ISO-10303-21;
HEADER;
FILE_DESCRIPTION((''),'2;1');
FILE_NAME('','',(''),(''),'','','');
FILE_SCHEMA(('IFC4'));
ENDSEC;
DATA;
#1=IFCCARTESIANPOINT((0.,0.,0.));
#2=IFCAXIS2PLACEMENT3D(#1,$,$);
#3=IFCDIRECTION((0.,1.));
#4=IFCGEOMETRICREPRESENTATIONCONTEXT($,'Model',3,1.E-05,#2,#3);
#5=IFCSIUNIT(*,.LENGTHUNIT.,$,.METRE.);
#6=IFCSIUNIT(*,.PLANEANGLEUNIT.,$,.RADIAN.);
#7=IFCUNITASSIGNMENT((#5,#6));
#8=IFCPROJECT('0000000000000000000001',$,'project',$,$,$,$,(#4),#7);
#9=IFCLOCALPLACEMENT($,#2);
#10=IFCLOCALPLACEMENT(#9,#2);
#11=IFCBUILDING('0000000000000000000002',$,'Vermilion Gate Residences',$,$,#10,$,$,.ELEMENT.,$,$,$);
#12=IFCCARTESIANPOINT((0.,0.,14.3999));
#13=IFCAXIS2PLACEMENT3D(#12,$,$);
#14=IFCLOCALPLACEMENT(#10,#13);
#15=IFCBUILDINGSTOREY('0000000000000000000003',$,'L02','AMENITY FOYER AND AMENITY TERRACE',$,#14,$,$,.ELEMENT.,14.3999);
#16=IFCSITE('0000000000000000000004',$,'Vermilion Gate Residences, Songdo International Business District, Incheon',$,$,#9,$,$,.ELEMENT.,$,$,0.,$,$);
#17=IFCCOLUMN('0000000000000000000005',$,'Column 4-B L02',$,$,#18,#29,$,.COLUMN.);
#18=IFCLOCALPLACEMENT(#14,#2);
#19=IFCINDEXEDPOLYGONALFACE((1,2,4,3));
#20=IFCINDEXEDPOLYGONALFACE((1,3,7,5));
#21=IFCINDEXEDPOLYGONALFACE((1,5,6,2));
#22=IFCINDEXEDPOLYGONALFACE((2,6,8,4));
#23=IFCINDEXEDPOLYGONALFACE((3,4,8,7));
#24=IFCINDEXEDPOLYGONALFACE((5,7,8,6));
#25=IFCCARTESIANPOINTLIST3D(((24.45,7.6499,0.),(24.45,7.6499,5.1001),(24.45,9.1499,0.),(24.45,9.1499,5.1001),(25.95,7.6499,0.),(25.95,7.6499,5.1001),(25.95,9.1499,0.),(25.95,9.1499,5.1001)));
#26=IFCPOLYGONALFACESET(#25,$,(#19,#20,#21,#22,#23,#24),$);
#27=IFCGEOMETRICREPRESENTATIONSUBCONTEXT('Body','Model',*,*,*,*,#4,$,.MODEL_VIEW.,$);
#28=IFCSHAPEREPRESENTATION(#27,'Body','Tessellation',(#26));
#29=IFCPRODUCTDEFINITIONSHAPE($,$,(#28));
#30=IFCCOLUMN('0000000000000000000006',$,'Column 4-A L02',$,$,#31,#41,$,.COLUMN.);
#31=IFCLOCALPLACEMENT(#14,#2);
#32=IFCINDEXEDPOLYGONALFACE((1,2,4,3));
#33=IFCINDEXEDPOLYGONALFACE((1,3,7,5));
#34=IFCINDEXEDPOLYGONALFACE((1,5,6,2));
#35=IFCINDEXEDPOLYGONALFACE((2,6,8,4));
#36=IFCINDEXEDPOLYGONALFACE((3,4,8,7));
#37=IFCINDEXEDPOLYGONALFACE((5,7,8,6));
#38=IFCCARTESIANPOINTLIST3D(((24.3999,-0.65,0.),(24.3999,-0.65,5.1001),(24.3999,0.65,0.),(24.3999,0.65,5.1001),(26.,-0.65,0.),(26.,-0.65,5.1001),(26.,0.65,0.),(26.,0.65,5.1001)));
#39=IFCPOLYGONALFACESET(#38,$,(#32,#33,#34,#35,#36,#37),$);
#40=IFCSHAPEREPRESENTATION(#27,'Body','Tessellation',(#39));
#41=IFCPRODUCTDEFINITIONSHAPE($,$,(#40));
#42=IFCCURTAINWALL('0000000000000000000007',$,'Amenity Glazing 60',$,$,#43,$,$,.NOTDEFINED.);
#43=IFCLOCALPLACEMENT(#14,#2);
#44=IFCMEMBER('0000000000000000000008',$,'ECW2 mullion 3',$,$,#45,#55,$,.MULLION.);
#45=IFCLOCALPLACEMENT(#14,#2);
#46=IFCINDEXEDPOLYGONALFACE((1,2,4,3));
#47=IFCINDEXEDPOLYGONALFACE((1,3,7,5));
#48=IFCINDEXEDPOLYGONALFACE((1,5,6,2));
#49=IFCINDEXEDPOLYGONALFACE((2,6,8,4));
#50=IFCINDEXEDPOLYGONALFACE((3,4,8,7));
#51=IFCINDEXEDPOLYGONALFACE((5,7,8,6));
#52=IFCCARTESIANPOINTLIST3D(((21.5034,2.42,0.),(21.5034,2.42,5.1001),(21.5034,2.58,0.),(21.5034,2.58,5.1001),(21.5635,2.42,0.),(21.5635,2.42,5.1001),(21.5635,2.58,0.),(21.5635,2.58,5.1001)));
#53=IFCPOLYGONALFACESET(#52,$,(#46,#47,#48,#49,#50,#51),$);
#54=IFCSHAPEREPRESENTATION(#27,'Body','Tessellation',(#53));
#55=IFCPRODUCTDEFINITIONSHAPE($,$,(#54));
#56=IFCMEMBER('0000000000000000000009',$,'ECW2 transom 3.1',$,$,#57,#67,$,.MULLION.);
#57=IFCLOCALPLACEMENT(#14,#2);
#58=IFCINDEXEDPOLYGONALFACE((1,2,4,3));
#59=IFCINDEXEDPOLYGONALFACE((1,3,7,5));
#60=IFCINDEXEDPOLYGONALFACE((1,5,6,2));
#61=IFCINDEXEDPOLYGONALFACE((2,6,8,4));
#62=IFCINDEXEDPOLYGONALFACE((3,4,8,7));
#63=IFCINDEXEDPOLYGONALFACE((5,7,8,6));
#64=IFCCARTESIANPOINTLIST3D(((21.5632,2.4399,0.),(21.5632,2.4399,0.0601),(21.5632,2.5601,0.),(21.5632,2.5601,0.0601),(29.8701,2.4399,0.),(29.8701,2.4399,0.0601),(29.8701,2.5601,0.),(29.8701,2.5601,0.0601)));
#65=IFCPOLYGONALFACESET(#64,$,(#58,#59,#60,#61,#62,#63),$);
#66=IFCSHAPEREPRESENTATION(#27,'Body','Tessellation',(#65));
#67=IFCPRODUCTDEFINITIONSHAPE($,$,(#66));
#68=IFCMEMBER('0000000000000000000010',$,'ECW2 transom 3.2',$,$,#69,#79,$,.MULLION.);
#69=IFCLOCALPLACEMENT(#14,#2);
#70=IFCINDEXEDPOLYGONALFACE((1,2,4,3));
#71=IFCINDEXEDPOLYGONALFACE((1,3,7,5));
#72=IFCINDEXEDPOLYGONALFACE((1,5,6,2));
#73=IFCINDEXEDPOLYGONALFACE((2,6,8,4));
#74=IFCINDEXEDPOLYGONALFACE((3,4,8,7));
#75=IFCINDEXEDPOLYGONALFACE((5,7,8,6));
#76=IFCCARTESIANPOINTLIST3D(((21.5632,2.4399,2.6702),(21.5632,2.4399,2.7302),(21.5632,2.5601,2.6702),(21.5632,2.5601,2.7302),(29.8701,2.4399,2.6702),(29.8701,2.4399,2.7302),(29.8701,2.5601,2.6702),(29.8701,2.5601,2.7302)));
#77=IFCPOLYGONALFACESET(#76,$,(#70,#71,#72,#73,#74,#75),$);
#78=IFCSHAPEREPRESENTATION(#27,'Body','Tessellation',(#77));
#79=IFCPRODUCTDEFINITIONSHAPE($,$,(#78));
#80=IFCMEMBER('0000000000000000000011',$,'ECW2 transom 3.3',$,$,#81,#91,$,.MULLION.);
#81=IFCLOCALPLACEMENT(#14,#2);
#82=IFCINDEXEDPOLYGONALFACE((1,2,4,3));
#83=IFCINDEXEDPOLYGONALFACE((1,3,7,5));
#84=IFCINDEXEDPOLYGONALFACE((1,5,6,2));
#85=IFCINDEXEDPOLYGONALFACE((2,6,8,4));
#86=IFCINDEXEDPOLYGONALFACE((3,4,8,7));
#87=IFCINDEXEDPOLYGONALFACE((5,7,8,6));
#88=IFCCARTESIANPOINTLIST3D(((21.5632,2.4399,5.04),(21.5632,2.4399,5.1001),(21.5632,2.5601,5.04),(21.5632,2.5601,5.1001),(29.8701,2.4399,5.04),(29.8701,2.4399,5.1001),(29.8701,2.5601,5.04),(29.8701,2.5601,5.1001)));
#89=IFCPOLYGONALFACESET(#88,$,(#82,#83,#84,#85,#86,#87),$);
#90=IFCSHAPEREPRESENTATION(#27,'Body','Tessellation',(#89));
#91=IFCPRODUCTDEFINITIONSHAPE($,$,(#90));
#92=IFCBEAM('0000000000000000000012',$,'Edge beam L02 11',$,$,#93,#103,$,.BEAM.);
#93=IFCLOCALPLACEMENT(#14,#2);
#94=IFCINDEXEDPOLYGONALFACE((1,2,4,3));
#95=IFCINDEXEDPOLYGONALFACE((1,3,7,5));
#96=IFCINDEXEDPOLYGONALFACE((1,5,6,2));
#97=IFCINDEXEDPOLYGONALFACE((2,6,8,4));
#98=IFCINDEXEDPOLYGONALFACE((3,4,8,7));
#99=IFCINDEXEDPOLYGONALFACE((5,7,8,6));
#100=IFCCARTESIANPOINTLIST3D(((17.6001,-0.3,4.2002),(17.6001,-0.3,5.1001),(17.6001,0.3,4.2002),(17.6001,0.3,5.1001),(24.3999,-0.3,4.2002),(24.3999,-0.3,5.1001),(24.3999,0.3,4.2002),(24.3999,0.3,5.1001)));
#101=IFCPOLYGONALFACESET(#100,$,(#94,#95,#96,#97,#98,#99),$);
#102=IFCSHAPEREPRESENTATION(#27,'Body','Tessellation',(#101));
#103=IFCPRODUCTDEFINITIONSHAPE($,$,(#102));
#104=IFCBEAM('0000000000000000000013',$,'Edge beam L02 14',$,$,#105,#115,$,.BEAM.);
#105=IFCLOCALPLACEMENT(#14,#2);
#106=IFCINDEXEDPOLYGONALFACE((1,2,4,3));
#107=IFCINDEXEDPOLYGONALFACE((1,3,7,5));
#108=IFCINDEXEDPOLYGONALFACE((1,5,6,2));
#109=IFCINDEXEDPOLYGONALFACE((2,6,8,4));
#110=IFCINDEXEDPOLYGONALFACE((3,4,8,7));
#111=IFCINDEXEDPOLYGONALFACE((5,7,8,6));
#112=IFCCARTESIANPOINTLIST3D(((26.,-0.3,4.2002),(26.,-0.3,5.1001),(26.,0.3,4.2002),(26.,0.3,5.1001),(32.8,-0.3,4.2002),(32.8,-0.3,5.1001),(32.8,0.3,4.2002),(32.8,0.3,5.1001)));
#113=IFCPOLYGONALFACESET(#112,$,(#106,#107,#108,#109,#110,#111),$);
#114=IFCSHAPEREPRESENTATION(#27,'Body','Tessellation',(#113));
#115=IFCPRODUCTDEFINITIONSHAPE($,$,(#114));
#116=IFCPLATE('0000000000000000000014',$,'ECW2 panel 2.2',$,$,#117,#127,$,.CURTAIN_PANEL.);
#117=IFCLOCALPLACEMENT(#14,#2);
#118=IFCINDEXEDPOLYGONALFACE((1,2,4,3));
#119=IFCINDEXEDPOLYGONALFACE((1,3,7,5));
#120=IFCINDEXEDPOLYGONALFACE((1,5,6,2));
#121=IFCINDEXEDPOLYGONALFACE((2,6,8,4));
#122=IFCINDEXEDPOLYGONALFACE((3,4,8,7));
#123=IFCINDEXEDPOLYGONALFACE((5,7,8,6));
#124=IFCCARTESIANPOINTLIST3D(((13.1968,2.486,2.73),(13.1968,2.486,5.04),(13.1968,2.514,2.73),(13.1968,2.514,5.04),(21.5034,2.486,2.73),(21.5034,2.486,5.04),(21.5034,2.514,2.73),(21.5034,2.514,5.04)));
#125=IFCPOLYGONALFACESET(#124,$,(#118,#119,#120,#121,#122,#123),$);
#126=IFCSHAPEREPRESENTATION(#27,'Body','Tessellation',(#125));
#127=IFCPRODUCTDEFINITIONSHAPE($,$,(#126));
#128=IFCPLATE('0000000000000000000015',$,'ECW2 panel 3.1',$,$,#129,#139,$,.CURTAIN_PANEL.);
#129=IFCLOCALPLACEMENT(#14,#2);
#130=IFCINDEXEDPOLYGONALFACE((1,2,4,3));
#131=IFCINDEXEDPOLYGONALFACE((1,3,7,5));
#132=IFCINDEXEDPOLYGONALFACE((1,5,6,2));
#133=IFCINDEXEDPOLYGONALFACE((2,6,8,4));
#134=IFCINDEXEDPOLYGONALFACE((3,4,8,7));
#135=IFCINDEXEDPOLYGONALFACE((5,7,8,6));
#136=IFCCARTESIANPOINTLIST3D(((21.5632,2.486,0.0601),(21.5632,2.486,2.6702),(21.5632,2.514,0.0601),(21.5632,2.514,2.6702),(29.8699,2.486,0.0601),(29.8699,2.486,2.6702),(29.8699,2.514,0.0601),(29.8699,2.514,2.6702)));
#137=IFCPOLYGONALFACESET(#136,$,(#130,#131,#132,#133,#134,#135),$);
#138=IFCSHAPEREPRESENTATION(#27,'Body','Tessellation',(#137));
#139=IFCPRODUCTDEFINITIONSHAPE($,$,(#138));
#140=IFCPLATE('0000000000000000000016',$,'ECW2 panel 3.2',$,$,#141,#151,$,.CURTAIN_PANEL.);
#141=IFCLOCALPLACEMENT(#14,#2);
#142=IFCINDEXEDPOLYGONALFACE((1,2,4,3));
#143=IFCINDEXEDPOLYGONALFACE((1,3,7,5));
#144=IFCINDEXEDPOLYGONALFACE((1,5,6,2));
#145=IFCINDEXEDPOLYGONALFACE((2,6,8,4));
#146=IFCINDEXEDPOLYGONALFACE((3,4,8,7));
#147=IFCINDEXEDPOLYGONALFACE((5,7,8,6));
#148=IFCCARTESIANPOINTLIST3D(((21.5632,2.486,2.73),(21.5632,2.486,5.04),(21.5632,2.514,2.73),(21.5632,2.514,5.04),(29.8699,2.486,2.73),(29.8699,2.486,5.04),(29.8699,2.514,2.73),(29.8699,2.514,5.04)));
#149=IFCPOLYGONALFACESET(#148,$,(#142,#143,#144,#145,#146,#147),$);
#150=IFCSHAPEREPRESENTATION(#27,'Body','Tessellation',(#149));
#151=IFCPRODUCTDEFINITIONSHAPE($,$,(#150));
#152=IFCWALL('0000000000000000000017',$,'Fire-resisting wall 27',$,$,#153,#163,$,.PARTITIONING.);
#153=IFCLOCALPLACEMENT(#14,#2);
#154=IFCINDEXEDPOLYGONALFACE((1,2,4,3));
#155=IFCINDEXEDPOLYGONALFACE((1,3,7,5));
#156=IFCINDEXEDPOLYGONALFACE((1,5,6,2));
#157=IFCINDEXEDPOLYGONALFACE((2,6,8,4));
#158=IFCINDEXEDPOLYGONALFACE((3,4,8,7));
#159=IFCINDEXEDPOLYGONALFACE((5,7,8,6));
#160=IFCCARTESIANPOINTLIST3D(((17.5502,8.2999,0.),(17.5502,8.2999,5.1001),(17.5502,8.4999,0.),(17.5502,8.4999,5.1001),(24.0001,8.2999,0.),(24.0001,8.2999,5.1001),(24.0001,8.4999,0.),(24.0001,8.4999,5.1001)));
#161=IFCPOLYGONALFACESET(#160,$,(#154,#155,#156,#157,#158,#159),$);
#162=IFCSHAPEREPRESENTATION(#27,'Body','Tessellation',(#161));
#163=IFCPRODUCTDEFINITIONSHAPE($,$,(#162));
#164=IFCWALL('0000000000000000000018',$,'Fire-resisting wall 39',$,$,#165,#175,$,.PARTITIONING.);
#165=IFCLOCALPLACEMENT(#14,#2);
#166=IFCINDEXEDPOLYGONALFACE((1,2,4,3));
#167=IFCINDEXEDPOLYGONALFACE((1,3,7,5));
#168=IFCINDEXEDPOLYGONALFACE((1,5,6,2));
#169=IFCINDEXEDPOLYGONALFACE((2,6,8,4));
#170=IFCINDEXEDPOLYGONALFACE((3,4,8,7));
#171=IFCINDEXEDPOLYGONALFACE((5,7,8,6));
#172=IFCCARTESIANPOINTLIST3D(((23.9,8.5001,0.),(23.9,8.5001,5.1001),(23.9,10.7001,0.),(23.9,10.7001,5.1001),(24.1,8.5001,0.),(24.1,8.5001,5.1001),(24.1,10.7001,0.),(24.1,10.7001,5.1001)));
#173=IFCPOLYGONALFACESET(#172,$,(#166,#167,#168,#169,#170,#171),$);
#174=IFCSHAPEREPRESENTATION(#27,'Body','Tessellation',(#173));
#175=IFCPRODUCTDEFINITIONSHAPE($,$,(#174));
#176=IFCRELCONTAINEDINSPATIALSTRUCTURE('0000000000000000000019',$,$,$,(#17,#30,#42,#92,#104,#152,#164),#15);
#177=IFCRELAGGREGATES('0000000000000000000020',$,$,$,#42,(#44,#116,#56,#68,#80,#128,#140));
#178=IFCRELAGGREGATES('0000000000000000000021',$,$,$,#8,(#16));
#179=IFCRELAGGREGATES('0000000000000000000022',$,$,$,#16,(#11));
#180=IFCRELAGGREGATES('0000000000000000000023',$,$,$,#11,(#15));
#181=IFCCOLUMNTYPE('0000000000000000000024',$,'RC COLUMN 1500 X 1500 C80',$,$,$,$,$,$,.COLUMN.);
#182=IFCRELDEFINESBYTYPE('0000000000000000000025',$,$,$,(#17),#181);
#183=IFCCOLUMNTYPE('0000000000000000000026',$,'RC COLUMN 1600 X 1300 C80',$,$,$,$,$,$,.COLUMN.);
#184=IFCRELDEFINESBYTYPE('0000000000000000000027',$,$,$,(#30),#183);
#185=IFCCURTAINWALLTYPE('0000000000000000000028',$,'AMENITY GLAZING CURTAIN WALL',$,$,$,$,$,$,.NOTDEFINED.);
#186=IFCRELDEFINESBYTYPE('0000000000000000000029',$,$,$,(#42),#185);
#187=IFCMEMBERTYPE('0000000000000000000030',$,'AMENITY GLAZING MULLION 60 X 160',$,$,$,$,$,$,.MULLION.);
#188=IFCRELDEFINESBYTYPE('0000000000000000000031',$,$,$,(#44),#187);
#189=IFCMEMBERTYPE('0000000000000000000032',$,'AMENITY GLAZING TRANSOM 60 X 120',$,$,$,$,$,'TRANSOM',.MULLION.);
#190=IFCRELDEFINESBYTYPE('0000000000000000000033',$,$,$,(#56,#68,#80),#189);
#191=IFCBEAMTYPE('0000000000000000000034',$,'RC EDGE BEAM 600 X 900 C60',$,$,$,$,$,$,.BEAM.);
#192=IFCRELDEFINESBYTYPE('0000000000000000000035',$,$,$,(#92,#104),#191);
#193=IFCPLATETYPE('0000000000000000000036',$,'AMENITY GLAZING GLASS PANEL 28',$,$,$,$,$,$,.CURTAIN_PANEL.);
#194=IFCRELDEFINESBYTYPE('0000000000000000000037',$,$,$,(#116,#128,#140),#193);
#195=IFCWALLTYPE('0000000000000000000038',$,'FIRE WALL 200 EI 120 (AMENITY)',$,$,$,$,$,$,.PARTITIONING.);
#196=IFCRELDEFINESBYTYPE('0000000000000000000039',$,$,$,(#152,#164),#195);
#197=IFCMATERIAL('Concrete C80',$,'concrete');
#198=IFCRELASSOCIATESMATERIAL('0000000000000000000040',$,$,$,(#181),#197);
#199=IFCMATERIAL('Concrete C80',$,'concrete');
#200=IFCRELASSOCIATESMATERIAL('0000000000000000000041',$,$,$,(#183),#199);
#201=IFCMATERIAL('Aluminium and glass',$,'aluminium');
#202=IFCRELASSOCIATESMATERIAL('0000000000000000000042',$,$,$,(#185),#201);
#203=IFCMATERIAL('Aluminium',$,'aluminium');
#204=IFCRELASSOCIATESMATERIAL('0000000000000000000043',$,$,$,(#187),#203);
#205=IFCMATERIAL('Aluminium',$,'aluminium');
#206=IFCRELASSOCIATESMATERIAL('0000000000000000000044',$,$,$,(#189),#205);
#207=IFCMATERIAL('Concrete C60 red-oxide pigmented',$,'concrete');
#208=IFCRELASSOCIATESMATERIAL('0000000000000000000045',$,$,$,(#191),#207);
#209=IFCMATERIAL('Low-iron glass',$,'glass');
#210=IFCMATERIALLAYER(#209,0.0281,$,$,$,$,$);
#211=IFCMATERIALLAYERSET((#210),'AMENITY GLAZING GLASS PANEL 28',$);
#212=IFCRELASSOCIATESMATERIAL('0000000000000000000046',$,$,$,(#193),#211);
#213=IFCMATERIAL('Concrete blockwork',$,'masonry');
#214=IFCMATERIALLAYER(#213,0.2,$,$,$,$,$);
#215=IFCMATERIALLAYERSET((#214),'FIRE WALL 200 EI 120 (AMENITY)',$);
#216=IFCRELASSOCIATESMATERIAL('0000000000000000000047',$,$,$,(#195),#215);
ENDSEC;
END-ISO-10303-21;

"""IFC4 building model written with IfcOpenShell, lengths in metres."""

from ifc_helpers import new_model, si_unit, direction, frame, frame_2d, origin, origin_2d, place, context, subcontext, project, spatial, rectangle, extrude, material, layer, layer_set, material_profile, profile_set, type_object, element, aggregate, save


model = new_model("IFC4")

# Units and contexts
model_context = context("Model", 3, precision=1e-05, world=origin(), true_north=direction((0.0, 1.0)))
body_context = subcontext(model_context, "Body", "Model", "MODEL_VIEW")
ifc_project = project(units=[si_unit("LENGTHUNIT", "METRE"), si_unit("PLANEANGLEUNIT", "RADIAN")], contexts=[model_context])

# Site, building, storey
site_placement = place(None, origin())
site = spatial("IfcSite", under=ifc_project, at=site_placement, Name="Vermilion Gate Residences, Songdo International Business District, Incheon", CompositionType="ELEMENT", RefElevation=0.0)
building_placement = place(site_placement, origin())
building = spatial("IfcBuilding", under=site, at=building_placement, Name="Vermilion Gate Residences", CompositionType="ELEMENT")
storey_placement = place(building_placement, frame((0.0, 0.0, 14.3999)))
storey = spatial("IfcBuildingStorey", under=building, at=storey_placement, Name="L02", Description="AMENITY FOYER AND AMENITY TERRACE", CompositionType="ELEMENT", Elevation=14.3999)

# Columns
ifc_material_1 = material(Name="Concrete C80", Category="concrete")
ifc_material_profile_1 = material_profile(ifc_material_1, rectangle(XDim=1.5, YDim=1.5, at=origin_2d()), Name="RC-1500x1500")
ifc_profile_set_1 = profile_set([ifc_material_profile_1], Name="Concrete C80")
column_type_1 = type_object("IfcColumnType", Name="RC COLUMN 1500 X 1500 C80", PredefinedType="COLUMN", material=ifc_profile_set_1)
column_1_placement = place(storey_placement, frame((25.2, 8.3999, 0.0), z_axis=(0.0, 0.0, 1.0), x_axis=(1.0, 0.0, 0.0)))
element("IfcColumn", 1, at=column_1_placement, inside=storey, type_object=column_type_1, Name="Column 4-B L02", PredefinedType="COLUMN", context=body_context, shape_type="SweptSolid", body=[
    extrude(rectangle(XDim=1.5, YDim=1.5, at=origin_2d()), origin(), (0.0, 0.0, 1.0), 5.1001),
])
ifc_material_2 = material(Name="Concrete C80", Category="concrete")
ifc_material_profile_2 = material_profile(ifc_material_2, rectangle(XDim=1.6001, YDim=1.3, at=origin_2d()), Name="RC-1600x1300")
ifc_profile_set_2 = profile_set([ifc_material_profile_2], Name="Concrete C80")
column_type_2 = type_object("IfcColumnType", Name="RC COLUMN 1600 X 1300 C80", PredefinedType="COLUMN", material=ifc_profile_set_2)
column_2_placement = place(storey_placement, frame((25.2, 0.0, 0.0), z_axis=(0.0, 0.0, 1.0), x_axis=(1.0, 0.0, 0.0)))
element("IfcColumn", 2, at=column_2_placement, inside=storey, type_object=column_type_2, Name="Column 4-A L02", PredefinedType="COLUMN", context=body_context, shape_type="SweptSolid", body=[
    extrude(rectangle(XDim=1.6001, YDim=1.3, at=origin_2d()), origin(), (0.0, 0.0, 1.0), 5.1001),
])

# Curtain wall, members
ifc_material_3 = material(Name="Aluminium and glass", Category="aluminium")
curtain_wall_type = type_object("IfcCurtainWallType", Name="AMENITY GLAZING CURTAIN WALL", PredefinedType="NOTDEFINED", material=ifc_material_3)
curtain_wall_placement = place(storey_placement, origin())
curtain_wall = element("IfcCurtainWall", 3, at=curtain_wall_placement, inside=storey, type_object=curtain_wall_type, Name="Amenity Glazing 60", PredefinedType="NOTDEFINED")
ifc_material_4 = material(Name="Aluminium", Category="aluminium")
ifc_material_profile_3 = material_profile(ifc_material_4, rectangle(XDim=0.1599, YDim=0.0601, at=origin_2d()), Name="MULLION 60 X 160")
ifc_profile_set_3 = profile_set([ifc_material_profile_3], Name="Aluminium")
member_type_1 = type_object("IfcMemberType", Name="AMENITY GLAZING MULLION 60 X 160", PredefinedType="MULLION", material=ifc_profile_set_3)
member_1_placement = place(storey_placement, frame((21.5334, 2.5, 0.0), z_axis=(0.0, 0.0, 1.0), x_axis=(0.0, 1.0, 0.0)))
member_1 = element("IfcMember", 4, at=member_1_placement, type_object=member_type_1, Name="ECW2 mullion 3", PredefinedType="MULLION", context=body_context, shape_type="SweptSolid", body=[
    extrude(rectangle(XDim=0.1599, YDim=0.0601, at=origin_2d()), origin(), (0.0, 0.0, 1.0), 5.1001),
])
ifc_material_5 = material(Name="Aluminium", Category="aluminium")
ifc_material_profile_4 = material_profile(ifc_material_5, rectangle(XDim=0.1201, YDim=0.0601, at=origin_2d()), Name="TRANSOM 60 X 120")
ifc_profile_set_4 = profile_set([ifc_material_profile_4], Name="Aluminium")
member_type_2 = type_object("IfcMemberType", Name="AMENITY GLAZING TRANSOM 60 X 120", ElementType="TRANSOM", PredefinedType="MULLION", material=ifc_profile_set_4)
member_2_placement = place(storey_placement, frame((21.5632, 2.5, 0.03), z_axis=(1.0, 0.0, 0.0), x_axis=(0.0, 1.0, 0.0)))
member_2 = element("IfcMember", 5, at=member_2_placement, type_object=member_type_2, Name="ECW2 transom 3.1", PredefinedType="MULLION", context=body_context, shape_type="SweptSolid", body=[
    extrude(rectangle(XDim=0.1201, YDim=0.0601, at=origin_2d()), origin(), (0.0, 0.0, 1.0), 8.3069),
])
member_3_placement = place(storey_placement, frame((21.5632, 2.5, 2.7002), z_axis=(1.0, 0.0, 0.0), x_axis=(0.0, 1.0, 0.0)))
member_3 = element("IfcMember", 6, at=member_3_placement, type_object=member_type_2, Name="ECW2 transom 3.2", PredefinedType="MULLION", context=body_context, shape_type="SweptSolid", body=[
    extrude(rectangle(XDim=0.1201, YDim=0.0601, at=origin_2d()), origin(), (0.0, 0.0, 1.0), 8.3069),
])
member_4_placement = place(storey_placement, frame((21.5632, 2.5, 5.0701), z_axis=(1.0, 0.0, 0.0), x_axis=(0.0, 1.0, 0.0)))
member_4 = element("IfcMember", 7, at=member_4_placement, type_object=member_type_2, Name="ECW2 transom 3.3", PredefinedType="MULLION", context=body_context, shape_type="SweptSolid", body=[
    extrude(rectangle(XDim=0.1201, YDim=0.0601, at=origin_2d()), origin(), (0.0, 0.0, 1.0), 8.3069),
])

# Beams
ifc_material_6 = material(Name="Concrete C60 red-oxide pigmented", Category="concrete")
ifc_material_profile_5 = material_profile(ifc_material_6, rectangle(XDim=0.6001, YDim=0.8999, at=origin_2d()), Name="RC-600x900")
ifc_profile_set_5 = profile_set([ifc_material_profile_5], Name="Concrete C60 red-oxide pigmented")
beam_type = type_object("IfcBeamType", Name="RC EDGE BEAM 600 X 900 C60", PredefinedType="BEAM", material=ifc_profile_set_5)
beam_1_placement = place(storey_placement, frame((17.6001, 0.0, 4.6501), z_axis=(1.0, 0.0, 0.0), x_axis=(0.0, 1.0, 0.0)))
element("IfcBeam", 8, at=beam_1_placement, inside=storey, type_object=beam_type, Name="Edge beam L02 11", PredefinedType="BEAM", context=body_context, shape_type="SweptSolid", body=[
    extrude(rectangle(XDim=0.6001, YDim=0.8999, at=origin_2d()), origin(), (0.0, 0.0, 1.0), 6.7998),
])
beam_2_placement = place(storey_placement, frame((26.0, 0.0, 4.6501), z_axis=(1.0, 0.0, 0.0), x_axis=(0.0, 1.0, 0.0)))
element("IfcBeam", 9, at=beam_2_placement, inside=storey, type_object=beam_type, Name="Edge beam L02 14", PredefinedType="BEAM", context=body_context, shape_type="SweptSolid", body=[
    extrude(rectangle(XDim=0.6001, YDim=0.8999, at=origin_2d()), origin(), (0.0, 0.0, 1.0), 6.8),
])

# Plates
ifc_material_7 = material(Name="Low-iron glass", Category="glass")
ifc_layer_1 = layer(ifc_material_7, 0.0281)
ifc_layer_set_1 = layer_set([ifc_layer_1], Name="AMENITY GLAZING GLASS PANEL 28")
plate_type = type_object("IfcPlateType", Name="AMENITY GLAZING GLASS PANEL 28", PredefinedType="CURTAIN_PANEL", material=ifc_layer_set_1)
plate_1_placement = place(storey_placement, frame((17.3501, 2.5, 2.73), z_axis=(0.0, 0.0, 1.0), x_axis=(1.0, 0.0, 0.0)))
plate_1 = element("IfcPlate", 10, at=plate_1_placement, type_object=plate_type, Name="ECW2 panel 2.2", PredefinedType="CURTAIN_PANEL", context=body_context, shape_type="SweptSolid", body=[
    extrude(rectangle(XDim=8.3066, YDim=0.0281, at=origin_2d()), origin(), (0.0, 0.0, 1.0), 2.3101),
])
plate_2_placement = place(storey_placement, frame((25.7166, 2.5, 0.0601), z_axis=(0.0, 0.0, 1.0), x_axis=(1.0, 0.0, 0.0)))
plate_2 = element("IfcPlate", 11, at=plate_2_placement, type_object=plate_type, Name="ECW2 panel 3.1", PredefinedType="CURTAIN_PANEL", context=body_context, shape_type="SweptSolid", body=[
    extrude(rectangle(XDim=8.3066, YDim=0.0281, at=origin_2d()), origin(), (0.0, 0.0, 1.0), 2.6101),
])
plate_3_placement = place(storey_placement, frame((25.7166, 2.5, 2.73), z_axis=(0.0, 0.0, 1.0), x_axis=(1.0, 0.0, 0.0)))
plate_3 = element("IfcPlate", 12, at=plate_3_placement, type_object=plate_type, Name="ECW2 panel 3.2", PredefinedType="CURTAIN_PANEL", context=body_context, shape_type="SweptSolid", body=[
    extrude(rectangle(XDim=8.3066, YDim=0.0281, at=origin_2d()), origin(), (0.0, 0.0, 1.0), 2.3101),
])
aggregate(curtain_wall, [member_1, plate_1, member_2, member_3, member_4, plate_2, plate_3])

# Walls
ifc_material_8 = material(Name="Concrete blockwork", Category="masonry")
ifc_layer_2 = layer(ifc_material_8, 0.2)
ifc_layer_set_2 = layer_set([ifc_layer_2], Name="FIRE WALL 200 EI 120 (AMENITY)")
wall_type_1 = type_object("IfcWallType", Name="FIRE WALL 200 EI 120 (AMENITY)", PredefinedType="PARTITIONING", material=ifc_layer_set_2)
wall_1_placement = place(storey_placement, frame((17.55, 8.3999, 0.0), z_axis=(0.0, 0.0, 1.0), x_axis=(1.0, 0.0, 0.0)))
element("IfcWall", 13, at=wall_1_placement, inside=storey, type_object=wall_type_1, Name="Fire-resisting wall 27", PredefinedType="PARTITIONING", context=body_context, shape_type="SweptSolid", body=[
    extrude(rectangle(XDim=6.45, YDim=0.2, at=frame_2d((3.2251, 0.0))), origin(), (0.0, 0.0, 1.0), 5.1001),
])
wall_2_placement = place(storey_placement, frame((24.0, 8.5, 0.0), z_axis=(0.0, 0.0, 1.0), x_axis=(0.0, 1.0, 0.0)))
element("IfcWall", 14, at=wall_2_placement, inside=storey, type_object=wall_type_1, Name="Fire-resisting wall 39", PredefinedType="PARTITIONING", context=body_context, shape_type="SweptSolid", body=[
    extrude(rectangle(XDim=2.2, YDim=0.2, at=frame_2d((1.1001, 0.0))), origin(), (0.0, 0.0, 1.0), 5.1001),
])

save(model, "model.ifc")
